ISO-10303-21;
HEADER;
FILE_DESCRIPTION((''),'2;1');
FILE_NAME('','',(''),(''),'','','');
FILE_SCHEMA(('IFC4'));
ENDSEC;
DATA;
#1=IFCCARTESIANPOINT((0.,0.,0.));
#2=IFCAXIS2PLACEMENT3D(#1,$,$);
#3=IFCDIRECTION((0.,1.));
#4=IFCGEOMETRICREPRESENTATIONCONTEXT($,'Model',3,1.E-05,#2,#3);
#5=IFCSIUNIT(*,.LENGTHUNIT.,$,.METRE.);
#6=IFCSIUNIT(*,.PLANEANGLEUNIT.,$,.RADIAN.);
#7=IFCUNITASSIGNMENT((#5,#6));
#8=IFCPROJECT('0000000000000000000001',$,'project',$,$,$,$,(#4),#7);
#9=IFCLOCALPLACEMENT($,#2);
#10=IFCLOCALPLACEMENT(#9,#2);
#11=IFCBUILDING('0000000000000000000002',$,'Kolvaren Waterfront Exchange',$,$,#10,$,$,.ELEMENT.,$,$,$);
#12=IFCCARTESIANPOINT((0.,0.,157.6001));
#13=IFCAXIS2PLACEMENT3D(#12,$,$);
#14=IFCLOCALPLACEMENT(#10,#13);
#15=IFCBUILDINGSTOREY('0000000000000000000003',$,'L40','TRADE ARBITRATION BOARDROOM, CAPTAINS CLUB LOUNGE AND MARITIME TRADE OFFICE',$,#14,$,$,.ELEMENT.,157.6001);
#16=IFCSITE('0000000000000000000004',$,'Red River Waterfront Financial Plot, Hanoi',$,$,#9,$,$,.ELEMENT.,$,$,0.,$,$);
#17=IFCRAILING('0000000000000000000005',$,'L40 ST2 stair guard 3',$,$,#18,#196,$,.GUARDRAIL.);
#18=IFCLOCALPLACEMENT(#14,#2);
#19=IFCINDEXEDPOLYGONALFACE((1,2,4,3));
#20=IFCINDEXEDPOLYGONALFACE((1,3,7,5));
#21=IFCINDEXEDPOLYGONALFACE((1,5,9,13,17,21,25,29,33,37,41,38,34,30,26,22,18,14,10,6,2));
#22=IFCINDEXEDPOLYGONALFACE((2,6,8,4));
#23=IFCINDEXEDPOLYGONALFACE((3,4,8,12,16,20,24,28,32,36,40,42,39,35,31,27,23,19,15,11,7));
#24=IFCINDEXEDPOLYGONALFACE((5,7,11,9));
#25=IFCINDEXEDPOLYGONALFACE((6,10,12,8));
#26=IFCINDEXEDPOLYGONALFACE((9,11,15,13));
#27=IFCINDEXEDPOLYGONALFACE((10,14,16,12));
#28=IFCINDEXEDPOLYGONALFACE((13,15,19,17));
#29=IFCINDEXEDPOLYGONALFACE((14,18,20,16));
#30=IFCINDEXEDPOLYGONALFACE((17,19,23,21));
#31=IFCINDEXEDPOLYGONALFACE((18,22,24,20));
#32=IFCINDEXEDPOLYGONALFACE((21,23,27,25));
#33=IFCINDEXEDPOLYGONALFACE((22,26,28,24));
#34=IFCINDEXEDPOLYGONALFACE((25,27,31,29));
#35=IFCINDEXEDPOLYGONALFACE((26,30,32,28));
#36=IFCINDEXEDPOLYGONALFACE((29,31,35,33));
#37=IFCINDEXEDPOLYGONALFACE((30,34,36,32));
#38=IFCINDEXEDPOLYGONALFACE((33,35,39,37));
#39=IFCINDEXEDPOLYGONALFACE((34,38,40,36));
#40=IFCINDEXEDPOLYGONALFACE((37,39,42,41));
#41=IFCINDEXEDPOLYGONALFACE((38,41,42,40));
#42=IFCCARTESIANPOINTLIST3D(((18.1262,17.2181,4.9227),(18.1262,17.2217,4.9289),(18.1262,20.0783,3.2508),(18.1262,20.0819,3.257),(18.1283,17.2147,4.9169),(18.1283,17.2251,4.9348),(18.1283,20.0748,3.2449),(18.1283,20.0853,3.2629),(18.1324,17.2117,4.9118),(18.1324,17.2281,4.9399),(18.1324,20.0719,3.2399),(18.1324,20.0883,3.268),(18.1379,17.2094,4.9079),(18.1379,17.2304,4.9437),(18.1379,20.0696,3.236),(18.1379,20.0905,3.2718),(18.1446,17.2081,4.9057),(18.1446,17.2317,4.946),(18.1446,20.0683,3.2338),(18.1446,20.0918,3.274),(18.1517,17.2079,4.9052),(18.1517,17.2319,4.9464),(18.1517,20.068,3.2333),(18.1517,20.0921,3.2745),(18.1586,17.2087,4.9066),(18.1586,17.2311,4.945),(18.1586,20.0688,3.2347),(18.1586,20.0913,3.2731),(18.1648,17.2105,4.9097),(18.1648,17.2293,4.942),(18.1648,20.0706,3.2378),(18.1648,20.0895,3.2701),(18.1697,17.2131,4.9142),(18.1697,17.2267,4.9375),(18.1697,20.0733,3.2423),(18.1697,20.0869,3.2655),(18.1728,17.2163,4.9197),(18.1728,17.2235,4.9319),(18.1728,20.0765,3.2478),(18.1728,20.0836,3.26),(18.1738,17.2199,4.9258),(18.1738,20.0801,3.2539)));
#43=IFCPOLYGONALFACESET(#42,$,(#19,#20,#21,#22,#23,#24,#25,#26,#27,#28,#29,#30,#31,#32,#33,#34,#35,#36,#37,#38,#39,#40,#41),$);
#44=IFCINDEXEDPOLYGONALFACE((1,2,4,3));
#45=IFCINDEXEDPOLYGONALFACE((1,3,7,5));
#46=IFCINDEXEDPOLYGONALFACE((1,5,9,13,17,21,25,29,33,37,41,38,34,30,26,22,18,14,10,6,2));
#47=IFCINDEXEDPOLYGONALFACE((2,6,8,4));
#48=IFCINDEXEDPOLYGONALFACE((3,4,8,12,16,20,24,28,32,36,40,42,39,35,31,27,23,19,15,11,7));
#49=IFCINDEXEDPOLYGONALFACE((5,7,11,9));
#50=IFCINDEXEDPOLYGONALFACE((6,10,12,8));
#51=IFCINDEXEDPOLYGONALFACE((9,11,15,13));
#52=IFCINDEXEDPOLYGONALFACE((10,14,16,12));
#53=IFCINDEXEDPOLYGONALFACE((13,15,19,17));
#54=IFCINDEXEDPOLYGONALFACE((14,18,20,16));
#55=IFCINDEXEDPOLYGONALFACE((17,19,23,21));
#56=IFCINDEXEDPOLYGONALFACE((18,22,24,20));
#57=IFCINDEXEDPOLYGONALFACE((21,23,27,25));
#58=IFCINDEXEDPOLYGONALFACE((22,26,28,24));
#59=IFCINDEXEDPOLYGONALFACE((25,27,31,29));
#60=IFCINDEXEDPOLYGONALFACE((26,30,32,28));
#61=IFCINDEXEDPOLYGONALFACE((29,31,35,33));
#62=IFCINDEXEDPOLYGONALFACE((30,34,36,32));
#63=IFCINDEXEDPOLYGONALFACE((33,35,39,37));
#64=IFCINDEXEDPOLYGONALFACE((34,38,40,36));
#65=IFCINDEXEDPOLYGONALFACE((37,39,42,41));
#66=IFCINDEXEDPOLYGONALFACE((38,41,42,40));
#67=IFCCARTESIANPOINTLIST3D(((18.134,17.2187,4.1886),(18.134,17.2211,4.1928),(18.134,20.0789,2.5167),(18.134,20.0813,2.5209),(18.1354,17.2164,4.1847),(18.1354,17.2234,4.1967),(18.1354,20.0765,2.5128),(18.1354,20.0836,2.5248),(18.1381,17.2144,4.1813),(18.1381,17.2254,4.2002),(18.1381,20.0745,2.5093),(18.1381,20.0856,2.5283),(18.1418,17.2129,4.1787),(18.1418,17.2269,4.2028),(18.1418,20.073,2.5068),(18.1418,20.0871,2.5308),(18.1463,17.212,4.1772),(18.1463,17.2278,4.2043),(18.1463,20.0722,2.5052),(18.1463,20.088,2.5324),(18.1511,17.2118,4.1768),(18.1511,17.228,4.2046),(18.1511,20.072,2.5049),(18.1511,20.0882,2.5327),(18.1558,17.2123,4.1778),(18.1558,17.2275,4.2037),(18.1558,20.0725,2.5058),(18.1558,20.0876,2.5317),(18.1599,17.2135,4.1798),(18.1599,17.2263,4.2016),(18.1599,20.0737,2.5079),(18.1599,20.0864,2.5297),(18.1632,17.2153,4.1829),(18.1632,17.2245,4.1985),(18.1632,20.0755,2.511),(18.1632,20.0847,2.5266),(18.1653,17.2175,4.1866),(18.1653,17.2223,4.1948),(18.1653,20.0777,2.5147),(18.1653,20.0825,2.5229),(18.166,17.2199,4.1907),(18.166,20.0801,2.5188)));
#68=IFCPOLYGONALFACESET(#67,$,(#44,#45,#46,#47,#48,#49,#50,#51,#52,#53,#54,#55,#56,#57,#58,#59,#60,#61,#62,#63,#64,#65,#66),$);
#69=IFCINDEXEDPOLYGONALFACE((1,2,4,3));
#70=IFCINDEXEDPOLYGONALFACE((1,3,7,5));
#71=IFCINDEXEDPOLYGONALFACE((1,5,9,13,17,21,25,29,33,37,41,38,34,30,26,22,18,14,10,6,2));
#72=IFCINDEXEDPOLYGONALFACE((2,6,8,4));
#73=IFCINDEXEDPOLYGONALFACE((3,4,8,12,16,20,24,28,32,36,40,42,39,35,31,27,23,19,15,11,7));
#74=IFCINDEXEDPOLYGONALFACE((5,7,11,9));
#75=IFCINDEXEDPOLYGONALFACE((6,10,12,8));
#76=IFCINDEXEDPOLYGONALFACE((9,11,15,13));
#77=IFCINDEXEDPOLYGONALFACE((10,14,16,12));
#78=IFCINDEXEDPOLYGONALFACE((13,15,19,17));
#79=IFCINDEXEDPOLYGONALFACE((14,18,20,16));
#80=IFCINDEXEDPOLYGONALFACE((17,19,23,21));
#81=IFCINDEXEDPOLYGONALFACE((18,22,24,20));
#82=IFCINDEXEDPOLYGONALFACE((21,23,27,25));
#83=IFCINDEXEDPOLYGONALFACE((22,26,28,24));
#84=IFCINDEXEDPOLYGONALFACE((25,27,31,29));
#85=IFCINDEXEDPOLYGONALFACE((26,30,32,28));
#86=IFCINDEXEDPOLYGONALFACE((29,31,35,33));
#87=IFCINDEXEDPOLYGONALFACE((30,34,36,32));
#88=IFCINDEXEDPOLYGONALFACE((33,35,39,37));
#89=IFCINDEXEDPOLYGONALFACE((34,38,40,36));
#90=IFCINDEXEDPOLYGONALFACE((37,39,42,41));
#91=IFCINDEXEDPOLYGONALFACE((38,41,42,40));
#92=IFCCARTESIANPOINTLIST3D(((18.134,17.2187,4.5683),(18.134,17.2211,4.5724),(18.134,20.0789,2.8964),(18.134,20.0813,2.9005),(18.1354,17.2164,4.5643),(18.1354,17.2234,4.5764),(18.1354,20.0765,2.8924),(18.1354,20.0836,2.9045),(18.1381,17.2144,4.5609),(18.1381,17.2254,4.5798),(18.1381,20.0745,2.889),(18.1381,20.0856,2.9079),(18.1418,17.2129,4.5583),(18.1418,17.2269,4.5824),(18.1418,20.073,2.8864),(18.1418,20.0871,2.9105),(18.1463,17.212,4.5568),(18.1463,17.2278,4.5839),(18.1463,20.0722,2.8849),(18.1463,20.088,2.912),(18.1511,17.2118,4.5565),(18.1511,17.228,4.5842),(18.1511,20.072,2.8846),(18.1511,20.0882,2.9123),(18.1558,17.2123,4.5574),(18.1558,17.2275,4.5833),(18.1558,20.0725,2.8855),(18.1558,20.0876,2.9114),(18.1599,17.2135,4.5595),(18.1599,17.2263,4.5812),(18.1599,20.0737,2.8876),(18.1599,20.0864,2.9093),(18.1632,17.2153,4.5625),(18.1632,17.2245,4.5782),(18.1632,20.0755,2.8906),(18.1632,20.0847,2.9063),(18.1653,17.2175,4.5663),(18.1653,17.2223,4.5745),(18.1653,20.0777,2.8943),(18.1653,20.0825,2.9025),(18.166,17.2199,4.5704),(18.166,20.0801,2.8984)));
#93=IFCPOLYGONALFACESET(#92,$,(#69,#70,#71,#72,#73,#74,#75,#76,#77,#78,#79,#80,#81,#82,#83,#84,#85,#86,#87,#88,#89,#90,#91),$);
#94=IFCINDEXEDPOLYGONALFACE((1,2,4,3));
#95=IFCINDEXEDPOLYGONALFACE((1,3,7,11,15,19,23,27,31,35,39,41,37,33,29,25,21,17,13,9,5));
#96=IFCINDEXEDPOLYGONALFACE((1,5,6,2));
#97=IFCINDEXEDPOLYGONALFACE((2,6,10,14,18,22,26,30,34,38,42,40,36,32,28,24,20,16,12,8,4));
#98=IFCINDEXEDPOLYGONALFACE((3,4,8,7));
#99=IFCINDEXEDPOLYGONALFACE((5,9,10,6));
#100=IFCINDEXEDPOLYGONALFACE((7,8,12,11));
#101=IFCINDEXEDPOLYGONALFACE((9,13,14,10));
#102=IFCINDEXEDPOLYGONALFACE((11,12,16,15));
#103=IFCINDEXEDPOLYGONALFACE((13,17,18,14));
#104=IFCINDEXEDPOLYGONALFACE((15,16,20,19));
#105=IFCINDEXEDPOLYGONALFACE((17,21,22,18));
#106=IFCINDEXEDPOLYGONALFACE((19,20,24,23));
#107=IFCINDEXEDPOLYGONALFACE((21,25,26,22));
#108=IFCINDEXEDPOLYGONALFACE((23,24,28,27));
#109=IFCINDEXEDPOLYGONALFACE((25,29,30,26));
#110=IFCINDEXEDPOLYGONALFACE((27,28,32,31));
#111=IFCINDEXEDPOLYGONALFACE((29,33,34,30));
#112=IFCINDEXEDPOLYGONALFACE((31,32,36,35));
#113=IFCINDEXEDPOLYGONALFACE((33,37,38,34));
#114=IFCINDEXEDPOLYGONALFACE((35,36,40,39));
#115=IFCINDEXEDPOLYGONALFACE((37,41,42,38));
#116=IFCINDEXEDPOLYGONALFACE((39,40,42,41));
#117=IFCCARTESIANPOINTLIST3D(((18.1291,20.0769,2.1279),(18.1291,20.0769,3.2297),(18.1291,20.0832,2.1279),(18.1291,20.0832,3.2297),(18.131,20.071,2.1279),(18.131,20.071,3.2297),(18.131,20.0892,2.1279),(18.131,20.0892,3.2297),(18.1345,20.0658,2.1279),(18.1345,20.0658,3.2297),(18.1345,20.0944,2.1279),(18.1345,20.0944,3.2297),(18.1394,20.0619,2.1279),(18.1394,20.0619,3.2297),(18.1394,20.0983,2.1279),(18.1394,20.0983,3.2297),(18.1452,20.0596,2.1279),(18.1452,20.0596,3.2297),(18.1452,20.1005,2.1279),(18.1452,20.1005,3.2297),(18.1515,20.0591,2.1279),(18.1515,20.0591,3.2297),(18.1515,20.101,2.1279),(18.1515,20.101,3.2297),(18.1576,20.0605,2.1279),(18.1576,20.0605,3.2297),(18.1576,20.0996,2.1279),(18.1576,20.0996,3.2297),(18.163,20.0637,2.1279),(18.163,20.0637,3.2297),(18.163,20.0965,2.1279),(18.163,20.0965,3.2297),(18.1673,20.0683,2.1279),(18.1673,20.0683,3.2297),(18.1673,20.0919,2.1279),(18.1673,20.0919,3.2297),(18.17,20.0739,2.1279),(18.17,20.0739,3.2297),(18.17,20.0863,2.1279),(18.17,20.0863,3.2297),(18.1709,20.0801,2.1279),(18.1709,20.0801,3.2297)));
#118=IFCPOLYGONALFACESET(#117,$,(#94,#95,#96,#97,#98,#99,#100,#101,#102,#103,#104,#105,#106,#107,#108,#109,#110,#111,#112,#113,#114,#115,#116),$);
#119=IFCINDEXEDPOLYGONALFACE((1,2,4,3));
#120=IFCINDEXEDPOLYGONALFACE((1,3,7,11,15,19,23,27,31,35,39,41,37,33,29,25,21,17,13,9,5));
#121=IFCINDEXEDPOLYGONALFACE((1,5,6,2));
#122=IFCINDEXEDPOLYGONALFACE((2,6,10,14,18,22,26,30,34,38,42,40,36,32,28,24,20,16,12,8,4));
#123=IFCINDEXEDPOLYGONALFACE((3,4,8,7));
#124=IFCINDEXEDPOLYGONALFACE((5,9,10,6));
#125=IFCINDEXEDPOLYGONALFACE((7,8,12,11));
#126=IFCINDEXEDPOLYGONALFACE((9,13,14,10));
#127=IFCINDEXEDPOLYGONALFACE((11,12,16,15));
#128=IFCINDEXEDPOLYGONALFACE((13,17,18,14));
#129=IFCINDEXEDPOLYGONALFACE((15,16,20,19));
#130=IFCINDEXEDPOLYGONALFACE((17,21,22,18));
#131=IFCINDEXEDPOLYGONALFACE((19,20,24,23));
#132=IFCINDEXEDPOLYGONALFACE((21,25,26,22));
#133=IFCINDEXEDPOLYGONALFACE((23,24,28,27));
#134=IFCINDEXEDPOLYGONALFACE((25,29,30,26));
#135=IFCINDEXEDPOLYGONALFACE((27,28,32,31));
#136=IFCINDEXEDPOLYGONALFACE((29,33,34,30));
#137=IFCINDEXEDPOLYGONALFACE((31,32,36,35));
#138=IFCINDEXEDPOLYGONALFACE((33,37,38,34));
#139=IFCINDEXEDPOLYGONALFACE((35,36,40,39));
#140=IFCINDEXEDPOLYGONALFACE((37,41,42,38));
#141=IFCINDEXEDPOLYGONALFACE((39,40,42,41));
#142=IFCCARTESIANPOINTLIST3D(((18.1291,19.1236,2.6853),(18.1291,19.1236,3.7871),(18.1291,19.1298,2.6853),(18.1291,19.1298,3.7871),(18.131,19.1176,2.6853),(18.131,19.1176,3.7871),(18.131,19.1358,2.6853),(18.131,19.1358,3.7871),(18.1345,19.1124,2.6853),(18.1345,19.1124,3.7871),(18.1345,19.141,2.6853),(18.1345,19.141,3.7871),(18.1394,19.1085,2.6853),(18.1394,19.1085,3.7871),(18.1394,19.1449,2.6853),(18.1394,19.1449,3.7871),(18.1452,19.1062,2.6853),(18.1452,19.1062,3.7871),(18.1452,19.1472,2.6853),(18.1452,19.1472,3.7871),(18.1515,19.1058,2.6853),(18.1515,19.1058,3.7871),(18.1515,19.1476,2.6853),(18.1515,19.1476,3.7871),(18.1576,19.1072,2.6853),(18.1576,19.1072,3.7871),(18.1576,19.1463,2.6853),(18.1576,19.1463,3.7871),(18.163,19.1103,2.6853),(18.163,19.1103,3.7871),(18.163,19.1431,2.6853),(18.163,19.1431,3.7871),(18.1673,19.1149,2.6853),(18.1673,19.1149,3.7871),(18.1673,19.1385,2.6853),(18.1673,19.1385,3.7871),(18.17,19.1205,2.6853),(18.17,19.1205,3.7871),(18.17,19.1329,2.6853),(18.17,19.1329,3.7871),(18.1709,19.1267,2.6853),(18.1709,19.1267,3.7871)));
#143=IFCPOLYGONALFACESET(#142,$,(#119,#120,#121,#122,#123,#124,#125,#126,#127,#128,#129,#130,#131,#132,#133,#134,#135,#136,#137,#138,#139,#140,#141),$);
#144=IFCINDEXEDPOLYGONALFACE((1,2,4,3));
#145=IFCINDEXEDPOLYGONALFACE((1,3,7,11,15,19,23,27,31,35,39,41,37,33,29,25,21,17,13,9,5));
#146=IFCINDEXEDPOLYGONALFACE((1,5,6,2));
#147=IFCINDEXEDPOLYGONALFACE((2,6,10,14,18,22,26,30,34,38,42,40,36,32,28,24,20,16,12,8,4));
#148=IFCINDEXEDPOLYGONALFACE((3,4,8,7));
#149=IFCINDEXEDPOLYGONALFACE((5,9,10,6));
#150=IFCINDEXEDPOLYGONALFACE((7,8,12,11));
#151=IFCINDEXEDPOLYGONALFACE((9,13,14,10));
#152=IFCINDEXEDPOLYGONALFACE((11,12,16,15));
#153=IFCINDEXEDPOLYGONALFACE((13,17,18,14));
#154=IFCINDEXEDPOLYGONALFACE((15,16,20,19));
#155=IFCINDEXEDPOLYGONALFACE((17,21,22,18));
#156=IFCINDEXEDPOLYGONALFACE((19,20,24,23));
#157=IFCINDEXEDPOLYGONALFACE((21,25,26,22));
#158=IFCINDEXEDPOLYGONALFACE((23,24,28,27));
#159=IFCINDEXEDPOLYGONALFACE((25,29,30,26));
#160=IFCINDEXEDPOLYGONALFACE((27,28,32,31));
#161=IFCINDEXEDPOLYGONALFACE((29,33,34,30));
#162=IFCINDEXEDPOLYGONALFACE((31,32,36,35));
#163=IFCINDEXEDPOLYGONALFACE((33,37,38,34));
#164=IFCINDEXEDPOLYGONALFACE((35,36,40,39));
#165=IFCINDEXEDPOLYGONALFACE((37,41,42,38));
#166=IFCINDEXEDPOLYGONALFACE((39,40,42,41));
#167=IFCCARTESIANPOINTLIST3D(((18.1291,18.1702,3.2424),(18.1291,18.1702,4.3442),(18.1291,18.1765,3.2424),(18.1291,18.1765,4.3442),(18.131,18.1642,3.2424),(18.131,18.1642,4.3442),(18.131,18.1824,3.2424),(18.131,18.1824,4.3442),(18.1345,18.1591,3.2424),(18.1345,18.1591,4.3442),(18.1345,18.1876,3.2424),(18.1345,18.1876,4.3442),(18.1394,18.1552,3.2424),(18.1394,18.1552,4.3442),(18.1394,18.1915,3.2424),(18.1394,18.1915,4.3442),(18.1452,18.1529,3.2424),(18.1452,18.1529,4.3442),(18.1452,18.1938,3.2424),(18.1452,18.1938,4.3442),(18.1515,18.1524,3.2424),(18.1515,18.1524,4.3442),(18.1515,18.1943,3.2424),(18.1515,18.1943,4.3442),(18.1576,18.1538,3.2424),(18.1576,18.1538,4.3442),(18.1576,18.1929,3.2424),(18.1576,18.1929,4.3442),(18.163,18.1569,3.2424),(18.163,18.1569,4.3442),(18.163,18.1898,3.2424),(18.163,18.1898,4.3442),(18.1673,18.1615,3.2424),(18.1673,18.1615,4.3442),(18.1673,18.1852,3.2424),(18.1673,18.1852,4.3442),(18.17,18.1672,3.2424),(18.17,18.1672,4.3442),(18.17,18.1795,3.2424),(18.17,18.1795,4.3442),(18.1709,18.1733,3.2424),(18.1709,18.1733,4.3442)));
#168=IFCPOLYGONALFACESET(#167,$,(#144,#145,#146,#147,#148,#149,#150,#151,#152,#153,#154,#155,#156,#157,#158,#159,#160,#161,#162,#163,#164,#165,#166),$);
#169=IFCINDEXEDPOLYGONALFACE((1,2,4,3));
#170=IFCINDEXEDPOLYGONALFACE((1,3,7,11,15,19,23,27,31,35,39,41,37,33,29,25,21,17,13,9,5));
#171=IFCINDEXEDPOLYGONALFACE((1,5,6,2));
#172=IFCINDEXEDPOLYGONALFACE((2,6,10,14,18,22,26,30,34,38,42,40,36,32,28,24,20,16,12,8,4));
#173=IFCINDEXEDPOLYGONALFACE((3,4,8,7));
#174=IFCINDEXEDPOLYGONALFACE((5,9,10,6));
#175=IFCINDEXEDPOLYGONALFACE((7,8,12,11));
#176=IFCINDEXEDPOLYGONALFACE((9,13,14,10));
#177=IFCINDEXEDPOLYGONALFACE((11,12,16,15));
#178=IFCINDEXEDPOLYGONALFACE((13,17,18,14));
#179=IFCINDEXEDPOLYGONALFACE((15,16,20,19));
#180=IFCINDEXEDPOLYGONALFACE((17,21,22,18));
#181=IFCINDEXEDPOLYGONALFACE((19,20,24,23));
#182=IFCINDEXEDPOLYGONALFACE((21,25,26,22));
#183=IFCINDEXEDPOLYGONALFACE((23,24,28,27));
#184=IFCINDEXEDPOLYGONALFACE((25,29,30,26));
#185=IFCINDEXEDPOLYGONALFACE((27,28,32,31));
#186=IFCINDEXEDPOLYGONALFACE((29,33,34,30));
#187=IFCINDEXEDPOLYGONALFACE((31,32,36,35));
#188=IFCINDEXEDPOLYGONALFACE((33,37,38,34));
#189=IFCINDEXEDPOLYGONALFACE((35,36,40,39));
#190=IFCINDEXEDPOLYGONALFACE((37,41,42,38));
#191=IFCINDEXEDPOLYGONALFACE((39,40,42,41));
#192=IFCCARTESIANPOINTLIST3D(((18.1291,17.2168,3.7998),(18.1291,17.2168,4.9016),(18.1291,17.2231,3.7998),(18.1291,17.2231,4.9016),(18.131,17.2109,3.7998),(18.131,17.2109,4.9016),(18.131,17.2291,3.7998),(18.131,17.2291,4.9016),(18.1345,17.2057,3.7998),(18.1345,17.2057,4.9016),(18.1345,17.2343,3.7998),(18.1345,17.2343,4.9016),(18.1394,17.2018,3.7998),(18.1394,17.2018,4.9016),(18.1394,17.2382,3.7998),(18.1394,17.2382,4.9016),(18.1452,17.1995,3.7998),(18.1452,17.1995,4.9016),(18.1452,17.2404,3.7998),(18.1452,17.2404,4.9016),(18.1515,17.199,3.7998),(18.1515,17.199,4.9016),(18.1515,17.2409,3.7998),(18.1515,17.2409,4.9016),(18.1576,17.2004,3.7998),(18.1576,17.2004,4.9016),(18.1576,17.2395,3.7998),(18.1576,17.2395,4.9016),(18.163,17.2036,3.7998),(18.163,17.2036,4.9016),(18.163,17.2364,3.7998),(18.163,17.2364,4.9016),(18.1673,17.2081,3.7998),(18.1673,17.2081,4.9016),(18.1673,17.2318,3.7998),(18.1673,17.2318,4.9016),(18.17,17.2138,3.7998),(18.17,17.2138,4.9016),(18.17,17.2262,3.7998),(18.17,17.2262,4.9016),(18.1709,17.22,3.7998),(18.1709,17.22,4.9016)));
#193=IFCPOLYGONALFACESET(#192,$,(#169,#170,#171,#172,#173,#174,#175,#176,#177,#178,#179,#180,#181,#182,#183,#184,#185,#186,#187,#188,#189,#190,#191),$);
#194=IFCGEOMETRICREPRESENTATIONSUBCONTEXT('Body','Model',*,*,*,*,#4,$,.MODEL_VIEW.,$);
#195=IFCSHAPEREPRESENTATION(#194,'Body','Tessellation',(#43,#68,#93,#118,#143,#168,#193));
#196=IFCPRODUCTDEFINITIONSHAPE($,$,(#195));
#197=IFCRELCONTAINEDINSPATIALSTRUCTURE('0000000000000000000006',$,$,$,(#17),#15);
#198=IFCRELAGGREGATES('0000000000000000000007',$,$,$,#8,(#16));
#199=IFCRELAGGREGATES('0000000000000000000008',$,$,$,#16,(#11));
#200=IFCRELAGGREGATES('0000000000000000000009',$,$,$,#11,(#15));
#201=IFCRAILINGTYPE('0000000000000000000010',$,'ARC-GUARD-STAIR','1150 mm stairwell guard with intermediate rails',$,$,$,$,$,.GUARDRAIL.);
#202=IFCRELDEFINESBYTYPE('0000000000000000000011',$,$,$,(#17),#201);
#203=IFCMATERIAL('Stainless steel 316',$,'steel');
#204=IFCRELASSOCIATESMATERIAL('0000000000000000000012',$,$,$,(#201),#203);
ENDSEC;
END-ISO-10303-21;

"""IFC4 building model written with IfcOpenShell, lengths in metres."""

from ifc_helpers import new_model, si_unit, direction, frame, origin, origin_2d, place, context, subcontext, project, spatial, circle, extrude, material, type_object, element, save


model = new_model("IFC4")

# Units and contexts
model_context = context("Model", 3, precision=1e-05, world=origin(), true_north=direction((0.0, 1.0)))
body_context = subcontext(model_context, "Body", "Model", "MODEL_VIEW")
ifc_project = project(units=[si_unit("LENGTHUNIT", "METRE"), si_unit("PLANEANGLEUNIT", "RADIAN")], contexts=[model_context])

# Site, building, storey
site_placement = place(None, origin())
site = spatial("IfcSite", under=ifc_project, at=site_placement, Name="Red River Waterfront Financial Plot, Hanoi", CompositionType="ELEMENT", RefElevation=0.0)
building_placement = place(site_placement, origin())
building = spatial("IfcBuilding", under=site, at=building_placement, Name="Kolvaren Waterfront Exchange", CompositionType="ELEMENT")
storey_placement = place(building_placement, frame((0.0, 0.0, 157.6001)))
storey = spatial("IfcBuildingStorey", under=building, at=storey_placement, Name="L40", Description="TRADE ARBITRATION BOARDROOM, CAPTAINS CLUB LOUNGE AND MARITIME TRADE OFFICE", CompositionType="ELEMENT", Elevation=157.6001)

# Railing
ifc_material_1 = material(Name="Stainless steel 316", Category="steel")
railing_type = type_object("IfcRailingType", Name="ARC-GUARD-STAIR", Description="1150 mm stairwell guard with intermediate rails", PredefinedType="GUARDRAIL", material=ifc_material_1)
railing_1_placement = place(storey_placement, frame((18.1499, 20.0801, 2.1279)))
element("IfcRailing", 1, at=railing_1_placement, inside=storey, type_object=railing_type, Name="L40 ST2 stair guard 3", PredefinedType="GUARDRAIL", context=body_context, shape_type="SweptSolid", body=[
    extrude(circle(Radius=0.0239, at=origin_2d()), frame((0.0, 0.0, 1.126), z_axis=(0.0, -0.863321, 0.504654), x_axis=(1.0, 0.0, 0.0)), (0.0, 0.0, 1.0), 3.313),
    extrude(circle(Radius=0.0161, at=origin_2d()), frame((0.0, 0.0, 0.3909), z_axis=(0.0, -0.863321, 0.504654), x_axis=(1.0, 0.0, 0.0)), (0.0, 0.0, 1.0), 3.313),
    extrude(circle(Radius=0.0161, at=origin_2d()), frame((0.0, 0.0, 0.7705), z_axis=(0.0, -0.863321, 0.504654), x_axis=(1.0, 0.0, 0.0)), (0.0, 0.0, 1.0), 3.313),
    extrude(circle(Radius=0.021, at=origin_2d()), origin(), (0.0, 0.0, 1.0), 1.1018),
    extrude(circle(Radius=0.021, at=origin_2d()), frame((0.0, -0.9534, 0.5574)), (0.0, 0.0, 1.0), 1.1018),
    extrude(circle(Radius=0.021, at=origin_2d()), frame((0.0, -1.9067, 1.1145)), (0.0, 0.0, 1.0), 1.1018),
    extrude(circle(Radius=0.021, at=origin_2d()), frame((0.0, -2.8601, 1.6719)), (0.0, 0.0, 1.0), 1.1018),
])

save(model, "model.ifc")
